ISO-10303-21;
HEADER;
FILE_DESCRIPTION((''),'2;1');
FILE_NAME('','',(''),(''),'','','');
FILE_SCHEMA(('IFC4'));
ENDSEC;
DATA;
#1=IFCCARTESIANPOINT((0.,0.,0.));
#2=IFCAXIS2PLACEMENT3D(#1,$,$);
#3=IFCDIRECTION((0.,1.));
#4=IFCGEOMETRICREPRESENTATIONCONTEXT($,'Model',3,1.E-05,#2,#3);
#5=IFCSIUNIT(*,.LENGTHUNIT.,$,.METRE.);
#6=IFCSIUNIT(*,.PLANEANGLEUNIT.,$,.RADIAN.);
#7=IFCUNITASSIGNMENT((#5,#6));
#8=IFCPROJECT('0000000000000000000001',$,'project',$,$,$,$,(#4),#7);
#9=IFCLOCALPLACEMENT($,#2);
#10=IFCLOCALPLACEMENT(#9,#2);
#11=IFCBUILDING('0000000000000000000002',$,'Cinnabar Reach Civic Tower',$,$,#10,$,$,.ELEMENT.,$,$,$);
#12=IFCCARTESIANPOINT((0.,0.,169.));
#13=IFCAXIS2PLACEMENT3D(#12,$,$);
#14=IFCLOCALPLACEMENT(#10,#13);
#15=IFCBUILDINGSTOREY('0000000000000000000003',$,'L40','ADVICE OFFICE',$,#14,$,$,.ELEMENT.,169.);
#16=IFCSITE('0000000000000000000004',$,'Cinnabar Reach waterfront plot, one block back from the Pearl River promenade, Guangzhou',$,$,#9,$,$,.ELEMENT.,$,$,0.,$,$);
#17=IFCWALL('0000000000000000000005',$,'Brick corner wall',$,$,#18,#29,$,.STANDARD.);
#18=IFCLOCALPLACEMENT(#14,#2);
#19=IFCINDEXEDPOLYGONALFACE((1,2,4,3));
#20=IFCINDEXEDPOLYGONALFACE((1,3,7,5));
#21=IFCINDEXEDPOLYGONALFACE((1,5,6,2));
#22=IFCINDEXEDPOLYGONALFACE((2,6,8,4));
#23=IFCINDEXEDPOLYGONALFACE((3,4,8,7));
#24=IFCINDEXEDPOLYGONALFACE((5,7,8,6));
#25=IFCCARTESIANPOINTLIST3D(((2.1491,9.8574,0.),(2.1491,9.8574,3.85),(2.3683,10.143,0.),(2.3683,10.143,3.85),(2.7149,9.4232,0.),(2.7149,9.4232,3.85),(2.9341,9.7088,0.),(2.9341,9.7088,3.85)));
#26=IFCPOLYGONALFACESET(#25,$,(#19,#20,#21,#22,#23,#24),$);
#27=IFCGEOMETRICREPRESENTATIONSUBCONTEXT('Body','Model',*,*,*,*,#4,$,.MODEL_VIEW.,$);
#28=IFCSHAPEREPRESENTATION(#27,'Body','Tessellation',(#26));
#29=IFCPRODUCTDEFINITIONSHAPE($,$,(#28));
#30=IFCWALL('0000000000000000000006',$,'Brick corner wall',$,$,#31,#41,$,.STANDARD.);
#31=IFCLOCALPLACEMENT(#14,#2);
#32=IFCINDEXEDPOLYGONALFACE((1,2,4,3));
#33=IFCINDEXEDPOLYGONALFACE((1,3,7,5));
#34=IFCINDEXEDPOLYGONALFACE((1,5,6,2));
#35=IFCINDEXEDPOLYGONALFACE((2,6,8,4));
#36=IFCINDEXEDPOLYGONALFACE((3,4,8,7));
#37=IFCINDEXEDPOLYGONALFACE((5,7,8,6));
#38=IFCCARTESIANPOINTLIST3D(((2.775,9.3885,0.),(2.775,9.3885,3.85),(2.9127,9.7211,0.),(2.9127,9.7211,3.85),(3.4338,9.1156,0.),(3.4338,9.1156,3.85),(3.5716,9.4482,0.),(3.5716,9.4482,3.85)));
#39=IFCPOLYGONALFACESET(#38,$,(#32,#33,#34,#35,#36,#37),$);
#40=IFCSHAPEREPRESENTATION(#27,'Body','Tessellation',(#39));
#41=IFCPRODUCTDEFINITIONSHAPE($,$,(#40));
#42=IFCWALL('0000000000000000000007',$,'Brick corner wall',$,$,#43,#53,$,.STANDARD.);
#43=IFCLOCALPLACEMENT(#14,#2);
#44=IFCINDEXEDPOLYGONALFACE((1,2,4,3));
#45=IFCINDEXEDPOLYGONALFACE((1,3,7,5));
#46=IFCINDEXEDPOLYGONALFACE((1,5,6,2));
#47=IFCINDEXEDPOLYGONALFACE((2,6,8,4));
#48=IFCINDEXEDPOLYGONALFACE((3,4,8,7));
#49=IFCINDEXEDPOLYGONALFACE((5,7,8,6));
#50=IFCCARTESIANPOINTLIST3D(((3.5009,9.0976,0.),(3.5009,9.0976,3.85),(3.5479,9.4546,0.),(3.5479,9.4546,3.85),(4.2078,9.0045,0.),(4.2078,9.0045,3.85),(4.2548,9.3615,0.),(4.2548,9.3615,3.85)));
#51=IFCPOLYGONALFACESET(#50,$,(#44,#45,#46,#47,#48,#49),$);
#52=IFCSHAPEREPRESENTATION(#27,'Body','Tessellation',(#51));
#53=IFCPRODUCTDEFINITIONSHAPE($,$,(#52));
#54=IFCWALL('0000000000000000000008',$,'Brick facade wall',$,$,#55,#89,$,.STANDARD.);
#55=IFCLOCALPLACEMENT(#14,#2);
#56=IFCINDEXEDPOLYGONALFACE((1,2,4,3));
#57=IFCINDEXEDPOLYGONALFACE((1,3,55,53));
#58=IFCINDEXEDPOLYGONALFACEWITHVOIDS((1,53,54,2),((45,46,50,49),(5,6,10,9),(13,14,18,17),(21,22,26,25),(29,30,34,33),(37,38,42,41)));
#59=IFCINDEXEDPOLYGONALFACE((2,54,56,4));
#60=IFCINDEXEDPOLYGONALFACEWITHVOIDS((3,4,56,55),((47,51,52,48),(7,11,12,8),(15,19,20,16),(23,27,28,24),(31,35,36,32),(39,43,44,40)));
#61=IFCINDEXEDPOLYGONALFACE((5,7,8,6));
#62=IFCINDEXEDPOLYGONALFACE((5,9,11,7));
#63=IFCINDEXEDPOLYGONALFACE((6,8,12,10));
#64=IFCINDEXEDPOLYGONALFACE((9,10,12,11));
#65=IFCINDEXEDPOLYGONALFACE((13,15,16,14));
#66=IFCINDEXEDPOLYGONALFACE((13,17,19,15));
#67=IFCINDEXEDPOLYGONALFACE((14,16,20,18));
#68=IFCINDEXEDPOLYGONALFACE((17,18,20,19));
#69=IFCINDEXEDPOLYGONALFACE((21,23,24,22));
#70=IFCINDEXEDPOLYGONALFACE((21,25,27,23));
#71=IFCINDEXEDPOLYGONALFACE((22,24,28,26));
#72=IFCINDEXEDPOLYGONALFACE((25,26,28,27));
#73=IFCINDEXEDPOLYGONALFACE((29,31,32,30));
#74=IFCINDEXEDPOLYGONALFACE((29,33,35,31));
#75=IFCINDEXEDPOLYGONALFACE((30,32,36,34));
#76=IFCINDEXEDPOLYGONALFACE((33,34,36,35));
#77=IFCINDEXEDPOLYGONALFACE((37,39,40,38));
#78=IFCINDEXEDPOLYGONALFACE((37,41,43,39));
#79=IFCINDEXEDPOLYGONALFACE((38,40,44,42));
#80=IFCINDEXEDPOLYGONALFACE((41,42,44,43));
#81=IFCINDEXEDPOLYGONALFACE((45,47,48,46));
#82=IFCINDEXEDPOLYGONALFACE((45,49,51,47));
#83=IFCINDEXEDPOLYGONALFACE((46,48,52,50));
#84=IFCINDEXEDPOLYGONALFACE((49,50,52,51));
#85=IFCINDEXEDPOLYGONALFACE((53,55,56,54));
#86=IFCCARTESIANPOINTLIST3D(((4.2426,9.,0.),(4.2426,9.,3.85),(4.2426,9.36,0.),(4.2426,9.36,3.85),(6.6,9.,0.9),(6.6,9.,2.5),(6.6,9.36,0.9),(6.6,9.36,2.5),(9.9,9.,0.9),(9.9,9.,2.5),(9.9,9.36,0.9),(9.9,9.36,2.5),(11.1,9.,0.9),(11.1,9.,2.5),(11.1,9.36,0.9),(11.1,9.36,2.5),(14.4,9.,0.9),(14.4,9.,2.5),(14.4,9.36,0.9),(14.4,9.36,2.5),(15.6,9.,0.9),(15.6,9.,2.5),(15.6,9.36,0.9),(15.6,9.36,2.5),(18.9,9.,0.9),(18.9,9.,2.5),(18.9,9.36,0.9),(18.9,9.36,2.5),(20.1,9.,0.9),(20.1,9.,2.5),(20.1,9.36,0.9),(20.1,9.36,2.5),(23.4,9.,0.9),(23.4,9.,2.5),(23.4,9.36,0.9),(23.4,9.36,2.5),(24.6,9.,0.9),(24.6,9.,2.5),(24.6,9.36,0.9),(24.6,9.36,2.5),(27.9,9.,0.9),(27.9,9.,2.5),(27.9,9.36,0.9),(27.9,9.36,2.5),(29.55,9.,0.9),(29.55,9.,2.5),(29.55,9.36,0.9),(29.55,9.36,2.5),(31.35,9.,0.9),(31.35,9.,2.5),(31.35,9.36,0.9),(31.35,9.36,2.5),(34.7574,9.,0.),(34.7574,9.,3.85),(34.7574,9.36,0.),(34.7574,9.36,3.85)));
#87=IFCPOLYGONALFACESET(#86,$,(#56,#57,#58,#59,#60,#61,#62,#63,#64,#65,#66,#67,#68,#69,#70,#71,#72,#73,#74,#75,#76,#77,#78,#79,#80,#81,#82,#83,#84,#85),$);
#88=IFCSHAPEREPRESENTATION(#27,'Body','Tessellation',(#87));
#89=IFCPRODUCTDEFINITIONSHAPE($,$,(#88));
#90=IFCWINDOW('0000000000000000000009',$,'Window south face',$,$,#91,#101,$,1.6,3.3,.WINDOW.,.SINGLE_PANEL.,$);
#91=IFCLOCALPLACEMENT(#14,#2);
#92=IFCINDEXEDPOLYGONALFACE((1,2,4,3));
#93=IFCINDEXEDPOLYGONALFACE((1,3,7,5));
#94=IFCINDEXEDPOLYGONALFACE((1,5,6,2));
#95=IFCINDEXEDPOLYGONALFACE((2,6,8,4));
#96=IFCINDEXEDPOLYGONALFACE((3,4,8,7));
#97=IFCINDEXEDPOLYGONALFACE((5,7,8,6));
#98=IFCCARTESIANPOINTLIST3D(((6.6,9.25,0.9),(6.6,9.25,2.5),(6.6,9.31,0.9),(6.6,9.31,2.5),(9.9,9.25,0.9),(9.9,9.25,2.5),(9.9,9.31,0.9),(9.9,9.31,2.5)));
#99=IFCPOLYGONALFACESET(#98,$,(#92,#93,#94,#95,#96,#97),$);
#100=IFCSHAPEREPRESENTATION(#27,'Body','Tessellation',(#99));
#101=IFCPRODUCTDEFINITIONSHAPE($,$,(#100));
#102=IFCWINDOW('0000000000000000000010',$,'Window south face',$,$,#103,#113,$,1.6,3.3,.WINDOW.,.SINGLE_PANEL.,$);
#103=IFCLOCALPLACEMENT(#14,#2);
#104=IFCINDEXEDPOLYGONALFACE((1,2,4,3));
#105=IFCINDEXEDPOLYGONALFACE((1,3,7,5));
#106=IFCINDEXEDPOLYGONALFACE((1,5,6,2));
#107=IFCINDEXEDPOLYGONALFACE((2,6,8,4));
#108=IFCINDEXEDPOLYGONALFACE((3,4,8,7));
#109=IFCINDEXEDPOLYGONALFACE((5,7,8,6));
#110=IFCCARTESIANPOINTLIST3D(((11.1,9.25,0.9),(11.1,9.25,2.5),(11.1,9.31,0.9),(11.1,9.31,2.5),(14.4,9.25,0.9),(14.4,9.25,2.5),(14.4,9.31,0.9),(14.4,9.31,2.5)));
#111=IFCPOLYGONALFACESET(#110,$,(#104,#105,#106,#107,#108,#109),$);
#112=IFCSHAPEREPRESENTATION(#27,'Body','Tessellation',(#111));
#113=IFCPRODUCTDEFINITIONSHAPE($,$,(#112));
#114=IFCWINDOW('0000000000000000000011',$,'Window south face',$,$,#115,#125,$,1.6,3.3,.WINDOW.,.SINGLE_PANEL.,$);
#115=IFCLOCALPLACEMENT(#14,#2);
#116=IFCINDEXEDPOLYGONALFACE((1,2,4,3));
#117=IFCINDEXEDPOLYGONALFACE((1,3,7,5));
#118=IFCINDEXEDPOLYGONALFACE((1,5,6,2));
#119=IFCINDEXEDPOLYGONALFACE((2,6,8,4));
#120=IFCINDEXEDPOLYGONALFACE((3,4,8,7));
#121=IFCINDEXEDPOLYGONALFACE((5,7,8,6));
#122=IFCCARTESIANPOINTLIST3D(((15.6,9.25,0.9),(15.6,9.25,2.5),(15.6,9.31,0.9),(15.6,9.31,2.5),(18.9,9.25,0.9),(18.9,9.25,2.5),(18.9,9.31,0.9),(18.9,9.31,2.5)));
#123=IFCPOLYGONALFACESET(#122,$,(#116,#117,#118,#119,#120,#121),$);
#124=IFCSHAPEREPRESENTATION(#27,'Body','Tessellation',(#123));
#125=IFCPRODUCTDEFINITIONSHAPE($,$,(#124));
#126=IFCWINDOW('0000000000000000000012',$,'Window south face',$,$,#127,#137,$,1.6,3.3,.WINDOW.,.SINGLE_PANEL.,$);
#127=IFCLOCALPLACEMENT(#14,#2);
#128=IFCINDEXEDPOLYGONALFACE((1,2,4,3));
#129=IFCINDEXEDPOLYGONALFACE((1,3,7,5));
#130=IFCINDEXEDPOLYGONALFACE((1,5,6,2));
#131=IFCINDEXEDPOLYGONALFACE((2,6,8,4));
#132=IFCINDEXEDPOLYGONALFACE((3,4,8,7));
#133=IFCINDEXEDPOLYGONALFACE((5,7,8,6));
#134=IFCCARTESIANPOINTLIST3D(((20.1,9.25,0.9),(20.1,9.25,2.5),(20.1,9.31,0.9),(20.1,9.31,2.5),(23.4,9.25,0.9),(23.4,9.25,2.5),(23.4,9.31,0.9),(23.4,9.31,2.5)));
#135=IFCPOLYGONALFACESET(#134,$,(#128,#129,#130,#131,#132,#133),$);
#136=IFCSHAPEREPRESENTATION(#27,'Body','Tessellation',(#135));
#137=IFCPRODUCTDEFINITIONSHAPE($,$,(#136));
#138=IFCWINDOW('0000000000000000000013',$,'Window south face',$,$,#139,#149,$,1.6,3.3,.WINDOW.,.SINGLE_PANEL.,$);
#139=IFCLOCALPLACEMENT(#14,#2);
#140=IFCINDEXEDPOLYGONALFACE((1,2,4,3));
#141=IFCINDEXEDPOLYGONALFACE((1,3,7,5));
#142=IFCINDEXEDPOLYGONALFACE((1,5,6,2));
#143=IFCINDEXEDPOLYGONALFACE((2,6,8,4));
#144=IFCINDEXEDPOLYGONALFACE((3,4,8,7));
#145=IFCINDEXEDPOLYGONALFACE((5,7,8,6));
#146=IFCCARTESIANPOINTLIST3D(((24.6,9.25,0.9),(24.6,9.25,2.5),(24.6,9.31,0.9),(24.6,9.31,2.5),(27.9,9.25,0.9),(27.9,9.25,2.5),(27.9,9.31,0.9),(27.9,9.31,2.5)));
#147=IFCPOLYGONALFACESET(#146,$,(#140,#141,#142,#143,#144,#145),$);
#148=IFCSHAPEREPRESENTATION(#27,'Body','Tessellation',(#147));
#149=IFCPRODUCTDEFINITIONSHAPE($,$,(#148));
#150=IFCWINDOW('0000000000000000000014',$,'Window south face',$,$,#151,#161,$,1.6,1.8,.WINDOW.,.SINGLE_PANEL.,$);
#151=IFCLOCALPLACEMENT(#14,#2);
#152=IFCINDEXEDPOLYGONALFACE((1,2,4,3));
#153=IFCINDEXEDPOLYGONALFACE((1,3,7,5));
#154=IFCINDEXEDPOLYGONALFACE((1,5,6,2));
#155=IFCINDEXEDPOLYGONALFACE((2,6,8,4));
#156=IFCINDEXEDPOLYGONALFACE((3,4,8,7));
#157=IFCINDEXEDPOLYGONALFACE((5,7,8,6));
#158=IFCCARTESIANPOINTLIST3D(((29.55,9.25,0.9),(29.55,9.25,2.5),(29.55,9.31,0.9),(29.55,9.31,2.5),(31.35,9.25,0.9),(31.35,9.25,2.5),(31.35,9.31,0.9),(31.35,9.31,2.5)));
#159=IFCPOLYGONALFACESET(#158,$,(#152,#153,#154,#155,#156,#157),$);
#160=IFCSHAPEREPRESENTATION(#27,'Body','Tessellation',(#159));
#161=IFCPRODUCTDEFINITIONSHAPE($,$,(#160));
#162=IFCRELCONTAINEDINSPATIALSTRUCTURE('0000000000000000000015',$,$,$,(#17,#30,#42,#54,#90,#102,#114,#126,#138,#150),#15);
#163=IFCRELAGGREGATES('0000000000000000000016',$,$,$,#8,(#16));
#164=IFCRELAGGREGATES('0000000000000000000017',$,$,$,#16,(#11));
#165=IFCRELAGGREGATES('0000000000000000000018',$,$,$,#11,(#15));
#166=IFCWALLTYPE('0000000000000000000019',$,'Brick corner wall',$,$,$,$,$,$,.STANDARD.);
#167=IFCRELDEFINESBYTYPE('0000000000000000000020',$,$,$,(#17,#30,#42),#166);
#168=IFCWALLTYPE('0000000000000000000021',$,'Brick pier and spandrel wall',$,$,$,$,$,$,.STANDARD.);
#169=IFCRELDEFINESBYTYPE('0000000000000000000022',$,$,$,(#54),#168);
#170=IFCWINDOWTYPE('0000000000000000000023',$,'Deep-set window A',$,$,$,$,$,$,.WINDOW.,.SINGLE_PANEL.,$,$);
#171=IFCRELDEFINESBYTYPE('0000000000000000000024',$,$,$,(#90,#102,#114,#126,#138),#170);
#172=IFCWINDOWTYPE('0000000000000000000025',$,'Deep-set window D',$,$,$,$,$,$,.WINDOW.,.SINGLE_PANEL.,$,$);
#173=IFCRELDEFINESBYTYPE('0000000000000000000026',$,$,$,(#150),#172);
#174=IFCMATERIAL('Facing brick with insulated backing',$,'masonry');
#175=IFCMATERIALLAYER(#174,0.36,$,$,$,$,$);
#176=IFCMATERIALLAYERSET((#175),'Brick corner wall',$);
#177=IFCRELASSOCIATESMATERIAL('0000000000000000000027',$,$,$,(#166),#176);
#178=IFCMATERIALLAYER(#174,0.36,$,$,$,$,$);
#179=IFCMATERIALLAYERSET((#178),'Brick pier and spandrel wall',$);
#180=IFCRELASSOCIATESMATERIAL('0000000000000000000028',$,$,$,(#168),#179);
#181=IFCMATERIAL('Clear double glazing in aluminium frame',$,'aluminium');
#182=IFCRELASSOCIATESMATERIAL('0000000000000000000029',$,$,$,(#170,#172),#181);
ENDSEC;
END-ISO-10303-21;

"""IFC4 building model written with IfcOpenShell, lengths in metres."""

from ifc_helpers import new_model, si_unit, direction, frame, frame_2d, origin, place, context, subcontext, project, spatial, rectangle, extrude, material, layer, layer_set, type_object, element, fill, save


model = new_model("IFC4")

# Units and contexts
model_context = context("Model", 3, precision=1e-05, world=origin(), true_north=direction((0.0, 1.0)))
body_context = subcontext(model_context, "Body", "Model", "MODEL_VIEW")
ifc_project = project(units=[si_unit("LENGTHUNIT", "METRE"), si_unit("PLANEANGLEUNIT", "RADIAN")], contexts=[model_context])

# Site, building, storey
site_placement = place(None, origin())
site = spatial("IfcSite", under=ifc_project, at=site_placement, Name="Cinnabar Reach waterfront plot, one block back from the Pearl River promenade, Guangzhou", CompositionType="ELEMENT", RefElevation=0.0)
building_placement = place(site_placement, origin())
building = spatial("IfcBuilding", under=site, at=building_placement, Name="Cinnabar Reach Civic Tower", CompositionType="ELEMENT")
storey_placement = place(building_placement, frame((0.0, 0.0, 169.0)))
storey = spatial("IfcBuildingStorey", under=building, at=storey_placement, Name="L40", Description="ADVICE OFFICE", CompositionType="ELEMENT", Elevation=169.0)

# Walls
ifc_material_1 = material(Name="Facing brick with insulated backing", Category="masonry")
ifc_layer_1 = layer(ifc_material_1, 0.36)
ifc_layer_set_1 = layer_set([ifc_layer_1], Name="Brick corner wall")
wall_type_1 = type_object("IfcWallType", Name="Brick corner wall", PredefinedType="STANDARD", material=ifc_layer_set_1)
wall_1_placement = place(storey_placement, frame((2.2587, 10.0002, 0.0), z_axis=(0.0, 0.0, 1.0), x_axis=(0.793322, -0.608802, 0.0)))
element("IfcWall", 1, at=wall_1_placement, inside=storey, type_object=wall_type_1, Name="Brick corner wall", PredefinedType="STANDARD", context=body_context, shape_type="SweptSolid", body=[
    extrude(rectangle(XDim=0.7132, YDim=0.36, at=frame_2d((0.3566, 0.0))), origin(), (0.0, 0.0, 1.0), 3.85),
])
for number, where, z_axis, x_axis, name in (
    (2, (2.8439, 9.5548, 0.0), (0.0, 0.0, 1.0), (0.923872, -0.382703, 0.0), "Brick corner wall"),
    (3, (3.5244, 9.2761, 0.0), (0.0, 0.0, 1.0), (0.991441, -0.130556, 0.0), "Brick corner wall"),
):
    element("IfcWall", number, at=place(storey_placement, frame(where, z_axis=z_axis, x_axis=x_axis)), inside=storey, type_object=wall_type_1, Name=name, PredefinedType="STANDARD", context=body_context, shape_type="SweptSolid", body=[
        extrude(rectangle(XDim=0.7131, YDim=0.36, at=frame_2d((0.3565, 0.0))), origin(), (0.0, 0.0, 1.0), 3.85),
    ])

# Wall, openings, windows
ifc_layer_2 = layer(ifc_material_1, 0.36)
ifc_layer_set_2 = layer_set([ifc_layer_2], Name="Brick pier and spandrel wall")
wall_type_2 = type_object("IfcWallType", Name="Brick pier and spandrel wall", PredefinedType="STANDARD", material=ifc_layer_set_2)
wall_2_placement = place(storey_placement, frame((4.2426, 9.18, 0.0), z_axis=(0.0, 0.0, 1.0), x_axis=(1.0, 0.0, 0.0)))
wall_2 = element("IfcWall", 4, at=wall_2_placement, inside=storey, type_object=wall_type_2, Name="Brick facade wall", PredefinedType="STANDARD", context=body_context, shape_type="SweptSolid", body=[
    extrude(rectangle(XDim=30.5148, YDim=0.36, at=frame_2d((15.2574, 0.0))), origin(), (0.0, 0.0, 1.0), 3.85),
])
opening_1_placement = place(wall_2_placement, frame((2.3574, 0.0, 0.9)))
opening_1 = element("IfcOpeningElement", 5, at=opening_1_placement, cuts=wall_2, PredefinedType="OPENING", context=body_context, shape_type="SweptSolid", body=[
    extrude(rectangle(XDim=3.3, YDim=1.6, at=frame_2d((1.65, 0.8))), frame((0.0, 0.19, 0.0), z_axis=(0.0, -1.0, 0.0), x_axis=(1.0, 0.0, 0.0)), (0.0, 0.0, 1.0), 0.38),
])
opening_2_placement = place(wall_2_placement, frame((6.8574, 0.0, 0.9)))
opening_2 = element("IfcOpeningElement", 6, at=opening_2_placement, cuts=wall_2, PredefinedType="OPENING", context=body_context, shape_type="SweptSolid", body=[
    extrude(rectangle(XDim=3.3, YDim=1.6, at=frame_2d((1.65, 0.8))), frame((0.0, 0.19, 0.0), z_axis=(0.0, -1.0, 0.0), x_axis=(1.0, 0.0, 0.0)), (0.0, 0.0, 1.0), 0.38),
])
opening_3_placement = place(wall_2_placement, frame((11.3574, 0.0, 0.9)))
opening_3 = element("IfcOpeningElement", 7, at=opening_3_placement, cuts=wall_2, PredefinedType="OPENING", context=body_context, shape_type="SweptSolid", body=[
    extrude(rectangle(XDim=3.3, YDim=1.6, at=frame_2d((1.65, 0.8))), frame((0.0, 0.19, 0.0), z_axis=(0.0, -1.0, 0.0), x_axis=(1.0, 0.0, 0.0)), (0.0, 0.0, 1.0), 0.38),
])
opening_4_placement = place(wall_2_placement, frame((15.8574, 0.0, 0.9)))
opening_4 = element("IfcOpeningElement", 8, at=opening_4_placement, cuts=wall_2, PredefinedType="OPENING", context=body_context, shape_type="SweptSolid", body=[
    extrude(rectangle(XDim=3.3, YDim=1.6, at=frame_2d((1.65, 0.8))), frame((0.0, 0.19, 0.0), z_axis=(0.0, -1.0, 0.0), x_axis=(1.0, 0.0, 0.0)), (0.0, 0.0, 1.0), 0.38),
])
opening_5_placement = place(wall_2_placement, frame((20.3574, 0.0, 0.9)))
opening_5 = element("IfcOpeningElement", 9, at=opening_5_placement, cuts=wall_2, PredefinedType="OPENING", context=body_context, shape_type="SweptSolid", body=[
    extrude(rectangle(XDim=3.3, YDim=1.6, at=frame_2d((1.65, 0.8))), frame((0.0, 0.19, 0.0), z_axis=(0.0, -1.0, 0.0), x_axis=(1.0, 0.0, 0.0)), (0.0, 0.0, 1.0), 0.38),
])
opening_6_placement = place(wall_2_placement, frame((25.3074, 0.0, 0.9)))
opening_6 = element("IfcOpeningElement", 10, at=opening_6_placement, cuts=wall_2, PredefinedType="OPENING", context=body_context, shape_type="SweptSolid", body=[
    extrude(rectangle(XDim=1.8, YDim=1.6, at=frame_2d((0.9, 0.8))), frame((0.0, 0.19, 0.0), z_axis=(0.0, -1.0, 0.0), x_axis=(1.0, 0.0, 0.0)), (0.0, 0.0, 1.0), 0.38),
])
ifc_material_2 = material(Name="Clear double glazing in aluminium frame", Category="aluminium")
window_type_1 = type_object("IfcWindowType", Name="Deep-set window A", PartitioningType="SINGLE_PANEL", PredefinedType="WINDOW", material=ifc_material_2)
window_1_placement = place(opening_1_placement, origin())
window_1 = element("IfcWindow", 11, at=window_1_placement, inside=storey, type_object=window_type_1, Name="Window south face", OverallHeight=1.6, OverallWidth=3.3, PartitioningType="SINGLE_PANEL", PredefinedType="WINDOW", context=body_context, shape_type="SweptSolid", body=[
    extrude(rectangle(XDim=3.3, YDim=1.6, at=frame_2d((1.65, 0.8))), frame((0.0, 0.13, 0.0), z_axis=(0.0, -1.0, 0.0), x_axis=(1.0, 0.0, 0.0)), (0.0, 0.0, 1.0), 0.06),
])
fill(opening_1, window_1)
window_2_placement = place(opening_2_placement, origin())
window_2 = element("IfcWindow", 12, at=window_2_placement, inside=storey, type_object=window_type_1, Name="Window south face", OverallHeight=1.6, OverallWidth=3.3, PartitioningType="SINGLE_PANEL", PredefinedType="WINDOW", context=body_context, shape_type="SweptSolid", body=[
    extrude(rectangle(XDim=3.3, YDim=1.6, at=frame_2d((1.65, 0.8))), frame((0.0, 0.13, 0.0), z_axis=(0.0, -1.0, 0.0), x_axis=(1.0, 0.0, 0.0)), (0.0, 0.0, 1.0), 0.06),
])
fill(opening_2, window_2)
window_3_placement = place(opening_3_placement, origin())
window_3 = element("IfcWindow", 13, at=window_3_placement, inside=storey, type_object=window_type_1, Name="Window south face", OverallHeight=1.6, OverallWidth=3.3, PartitioningType="SINGLE_PANEL", PredefinedType="WINDOW", context=body_context, shape_type="SweptSolid", body=[
    extrude(rectangle(XDim=3.3, YDim=1.6, at=frame_2d((1.65, 0.8))), frame((0.0, 0.13, 0.0), z_axis=(0.0, -1.0, 0.0), x_axis=(1.0, 0.0, 0.0)), (0.0, 0.0, 1.0), 0.06),
])
fill(opening_3, window_3)
window_4_placement = place(opening_4_placement, origin())
window_4 = element("IfcWindow", 14, at=window_4_placement, inside=storey, type_object=window_type_1, Name="Window south face", OverallHeight=1.6, OverallWidth=3.3, PartitioningType="SINGLE_PANEL", PredefinedType="WINDOW", context=body_context, shape_type="SweptSolid", body=[
    extrude(rectangle(XDim=3.3, YDim=1.6, at=frame_2d((1.65, 0.8))), frame((0.0, 0.13, 0.0), z_axis=(0.0, -1.0, 0.0), x_axis=(1.0, 0.0, 0.0)), (0.0, 0.0, 1.0), 0.06),
])
fill(opening_4, window_4)
window_5_placement = place(opening_5_placement, origin())
window_5 = element("IfcWindow", 15, at=window_5_placement, inside=storey, type_object=window_type_1, Name="Window south face", OverallHeight=1.6, OverallWidth=3.3, PartitioningType="SINGLE_PANEL", PredefinedType="WINDOW", context=body_context, shape_type="SweptSolid", body=[
    extrude(rectangle(XDim=3.3, YDim=1.6, at=frame_2d((1.65, 0.8))), frame((0.0, 0.13, 0.0), z_axis=(0.0, -1.0, 0.0), x_axis=(1.0, 0.0, 0.0)), (0.0, 0.0, 1.0), 0.06),
])
fill(opening_5, window_5)
window_type_2 = type_object("IfcWindowType", Name="Deep-set window D", PartitioningType="SINGLE_PANEL", PredefinedType="WINDOW", material=ifc_material_2)
window_6_placement = place(opening_6_placement, origin())
window_6 = element("IfcWindow", 16, at=window_6_placement, inside=storey, type_object=window_type_2, Name="Window south face", OverallHeight=1.6, OverallWidth=1.8, PartitioningType="SINGLE_PANEL", PredefinedType="WINDOW", context=body_context, shape_type="SweptSolid", body=[
    extrude(rectangle(XDim=1.8, YDim=1.6, at=frame_2d((0.9, 0.8))), frame((0.0, 0.13, 0.0), z_axis=(0.0, -1.0, 0.0), x_axis=(1.0, 0.0, 0.0)), (0.0, 0.0, 1.0), 0.06),
])
fill(opening_6, window_6)

save(model, "model.ifc")
